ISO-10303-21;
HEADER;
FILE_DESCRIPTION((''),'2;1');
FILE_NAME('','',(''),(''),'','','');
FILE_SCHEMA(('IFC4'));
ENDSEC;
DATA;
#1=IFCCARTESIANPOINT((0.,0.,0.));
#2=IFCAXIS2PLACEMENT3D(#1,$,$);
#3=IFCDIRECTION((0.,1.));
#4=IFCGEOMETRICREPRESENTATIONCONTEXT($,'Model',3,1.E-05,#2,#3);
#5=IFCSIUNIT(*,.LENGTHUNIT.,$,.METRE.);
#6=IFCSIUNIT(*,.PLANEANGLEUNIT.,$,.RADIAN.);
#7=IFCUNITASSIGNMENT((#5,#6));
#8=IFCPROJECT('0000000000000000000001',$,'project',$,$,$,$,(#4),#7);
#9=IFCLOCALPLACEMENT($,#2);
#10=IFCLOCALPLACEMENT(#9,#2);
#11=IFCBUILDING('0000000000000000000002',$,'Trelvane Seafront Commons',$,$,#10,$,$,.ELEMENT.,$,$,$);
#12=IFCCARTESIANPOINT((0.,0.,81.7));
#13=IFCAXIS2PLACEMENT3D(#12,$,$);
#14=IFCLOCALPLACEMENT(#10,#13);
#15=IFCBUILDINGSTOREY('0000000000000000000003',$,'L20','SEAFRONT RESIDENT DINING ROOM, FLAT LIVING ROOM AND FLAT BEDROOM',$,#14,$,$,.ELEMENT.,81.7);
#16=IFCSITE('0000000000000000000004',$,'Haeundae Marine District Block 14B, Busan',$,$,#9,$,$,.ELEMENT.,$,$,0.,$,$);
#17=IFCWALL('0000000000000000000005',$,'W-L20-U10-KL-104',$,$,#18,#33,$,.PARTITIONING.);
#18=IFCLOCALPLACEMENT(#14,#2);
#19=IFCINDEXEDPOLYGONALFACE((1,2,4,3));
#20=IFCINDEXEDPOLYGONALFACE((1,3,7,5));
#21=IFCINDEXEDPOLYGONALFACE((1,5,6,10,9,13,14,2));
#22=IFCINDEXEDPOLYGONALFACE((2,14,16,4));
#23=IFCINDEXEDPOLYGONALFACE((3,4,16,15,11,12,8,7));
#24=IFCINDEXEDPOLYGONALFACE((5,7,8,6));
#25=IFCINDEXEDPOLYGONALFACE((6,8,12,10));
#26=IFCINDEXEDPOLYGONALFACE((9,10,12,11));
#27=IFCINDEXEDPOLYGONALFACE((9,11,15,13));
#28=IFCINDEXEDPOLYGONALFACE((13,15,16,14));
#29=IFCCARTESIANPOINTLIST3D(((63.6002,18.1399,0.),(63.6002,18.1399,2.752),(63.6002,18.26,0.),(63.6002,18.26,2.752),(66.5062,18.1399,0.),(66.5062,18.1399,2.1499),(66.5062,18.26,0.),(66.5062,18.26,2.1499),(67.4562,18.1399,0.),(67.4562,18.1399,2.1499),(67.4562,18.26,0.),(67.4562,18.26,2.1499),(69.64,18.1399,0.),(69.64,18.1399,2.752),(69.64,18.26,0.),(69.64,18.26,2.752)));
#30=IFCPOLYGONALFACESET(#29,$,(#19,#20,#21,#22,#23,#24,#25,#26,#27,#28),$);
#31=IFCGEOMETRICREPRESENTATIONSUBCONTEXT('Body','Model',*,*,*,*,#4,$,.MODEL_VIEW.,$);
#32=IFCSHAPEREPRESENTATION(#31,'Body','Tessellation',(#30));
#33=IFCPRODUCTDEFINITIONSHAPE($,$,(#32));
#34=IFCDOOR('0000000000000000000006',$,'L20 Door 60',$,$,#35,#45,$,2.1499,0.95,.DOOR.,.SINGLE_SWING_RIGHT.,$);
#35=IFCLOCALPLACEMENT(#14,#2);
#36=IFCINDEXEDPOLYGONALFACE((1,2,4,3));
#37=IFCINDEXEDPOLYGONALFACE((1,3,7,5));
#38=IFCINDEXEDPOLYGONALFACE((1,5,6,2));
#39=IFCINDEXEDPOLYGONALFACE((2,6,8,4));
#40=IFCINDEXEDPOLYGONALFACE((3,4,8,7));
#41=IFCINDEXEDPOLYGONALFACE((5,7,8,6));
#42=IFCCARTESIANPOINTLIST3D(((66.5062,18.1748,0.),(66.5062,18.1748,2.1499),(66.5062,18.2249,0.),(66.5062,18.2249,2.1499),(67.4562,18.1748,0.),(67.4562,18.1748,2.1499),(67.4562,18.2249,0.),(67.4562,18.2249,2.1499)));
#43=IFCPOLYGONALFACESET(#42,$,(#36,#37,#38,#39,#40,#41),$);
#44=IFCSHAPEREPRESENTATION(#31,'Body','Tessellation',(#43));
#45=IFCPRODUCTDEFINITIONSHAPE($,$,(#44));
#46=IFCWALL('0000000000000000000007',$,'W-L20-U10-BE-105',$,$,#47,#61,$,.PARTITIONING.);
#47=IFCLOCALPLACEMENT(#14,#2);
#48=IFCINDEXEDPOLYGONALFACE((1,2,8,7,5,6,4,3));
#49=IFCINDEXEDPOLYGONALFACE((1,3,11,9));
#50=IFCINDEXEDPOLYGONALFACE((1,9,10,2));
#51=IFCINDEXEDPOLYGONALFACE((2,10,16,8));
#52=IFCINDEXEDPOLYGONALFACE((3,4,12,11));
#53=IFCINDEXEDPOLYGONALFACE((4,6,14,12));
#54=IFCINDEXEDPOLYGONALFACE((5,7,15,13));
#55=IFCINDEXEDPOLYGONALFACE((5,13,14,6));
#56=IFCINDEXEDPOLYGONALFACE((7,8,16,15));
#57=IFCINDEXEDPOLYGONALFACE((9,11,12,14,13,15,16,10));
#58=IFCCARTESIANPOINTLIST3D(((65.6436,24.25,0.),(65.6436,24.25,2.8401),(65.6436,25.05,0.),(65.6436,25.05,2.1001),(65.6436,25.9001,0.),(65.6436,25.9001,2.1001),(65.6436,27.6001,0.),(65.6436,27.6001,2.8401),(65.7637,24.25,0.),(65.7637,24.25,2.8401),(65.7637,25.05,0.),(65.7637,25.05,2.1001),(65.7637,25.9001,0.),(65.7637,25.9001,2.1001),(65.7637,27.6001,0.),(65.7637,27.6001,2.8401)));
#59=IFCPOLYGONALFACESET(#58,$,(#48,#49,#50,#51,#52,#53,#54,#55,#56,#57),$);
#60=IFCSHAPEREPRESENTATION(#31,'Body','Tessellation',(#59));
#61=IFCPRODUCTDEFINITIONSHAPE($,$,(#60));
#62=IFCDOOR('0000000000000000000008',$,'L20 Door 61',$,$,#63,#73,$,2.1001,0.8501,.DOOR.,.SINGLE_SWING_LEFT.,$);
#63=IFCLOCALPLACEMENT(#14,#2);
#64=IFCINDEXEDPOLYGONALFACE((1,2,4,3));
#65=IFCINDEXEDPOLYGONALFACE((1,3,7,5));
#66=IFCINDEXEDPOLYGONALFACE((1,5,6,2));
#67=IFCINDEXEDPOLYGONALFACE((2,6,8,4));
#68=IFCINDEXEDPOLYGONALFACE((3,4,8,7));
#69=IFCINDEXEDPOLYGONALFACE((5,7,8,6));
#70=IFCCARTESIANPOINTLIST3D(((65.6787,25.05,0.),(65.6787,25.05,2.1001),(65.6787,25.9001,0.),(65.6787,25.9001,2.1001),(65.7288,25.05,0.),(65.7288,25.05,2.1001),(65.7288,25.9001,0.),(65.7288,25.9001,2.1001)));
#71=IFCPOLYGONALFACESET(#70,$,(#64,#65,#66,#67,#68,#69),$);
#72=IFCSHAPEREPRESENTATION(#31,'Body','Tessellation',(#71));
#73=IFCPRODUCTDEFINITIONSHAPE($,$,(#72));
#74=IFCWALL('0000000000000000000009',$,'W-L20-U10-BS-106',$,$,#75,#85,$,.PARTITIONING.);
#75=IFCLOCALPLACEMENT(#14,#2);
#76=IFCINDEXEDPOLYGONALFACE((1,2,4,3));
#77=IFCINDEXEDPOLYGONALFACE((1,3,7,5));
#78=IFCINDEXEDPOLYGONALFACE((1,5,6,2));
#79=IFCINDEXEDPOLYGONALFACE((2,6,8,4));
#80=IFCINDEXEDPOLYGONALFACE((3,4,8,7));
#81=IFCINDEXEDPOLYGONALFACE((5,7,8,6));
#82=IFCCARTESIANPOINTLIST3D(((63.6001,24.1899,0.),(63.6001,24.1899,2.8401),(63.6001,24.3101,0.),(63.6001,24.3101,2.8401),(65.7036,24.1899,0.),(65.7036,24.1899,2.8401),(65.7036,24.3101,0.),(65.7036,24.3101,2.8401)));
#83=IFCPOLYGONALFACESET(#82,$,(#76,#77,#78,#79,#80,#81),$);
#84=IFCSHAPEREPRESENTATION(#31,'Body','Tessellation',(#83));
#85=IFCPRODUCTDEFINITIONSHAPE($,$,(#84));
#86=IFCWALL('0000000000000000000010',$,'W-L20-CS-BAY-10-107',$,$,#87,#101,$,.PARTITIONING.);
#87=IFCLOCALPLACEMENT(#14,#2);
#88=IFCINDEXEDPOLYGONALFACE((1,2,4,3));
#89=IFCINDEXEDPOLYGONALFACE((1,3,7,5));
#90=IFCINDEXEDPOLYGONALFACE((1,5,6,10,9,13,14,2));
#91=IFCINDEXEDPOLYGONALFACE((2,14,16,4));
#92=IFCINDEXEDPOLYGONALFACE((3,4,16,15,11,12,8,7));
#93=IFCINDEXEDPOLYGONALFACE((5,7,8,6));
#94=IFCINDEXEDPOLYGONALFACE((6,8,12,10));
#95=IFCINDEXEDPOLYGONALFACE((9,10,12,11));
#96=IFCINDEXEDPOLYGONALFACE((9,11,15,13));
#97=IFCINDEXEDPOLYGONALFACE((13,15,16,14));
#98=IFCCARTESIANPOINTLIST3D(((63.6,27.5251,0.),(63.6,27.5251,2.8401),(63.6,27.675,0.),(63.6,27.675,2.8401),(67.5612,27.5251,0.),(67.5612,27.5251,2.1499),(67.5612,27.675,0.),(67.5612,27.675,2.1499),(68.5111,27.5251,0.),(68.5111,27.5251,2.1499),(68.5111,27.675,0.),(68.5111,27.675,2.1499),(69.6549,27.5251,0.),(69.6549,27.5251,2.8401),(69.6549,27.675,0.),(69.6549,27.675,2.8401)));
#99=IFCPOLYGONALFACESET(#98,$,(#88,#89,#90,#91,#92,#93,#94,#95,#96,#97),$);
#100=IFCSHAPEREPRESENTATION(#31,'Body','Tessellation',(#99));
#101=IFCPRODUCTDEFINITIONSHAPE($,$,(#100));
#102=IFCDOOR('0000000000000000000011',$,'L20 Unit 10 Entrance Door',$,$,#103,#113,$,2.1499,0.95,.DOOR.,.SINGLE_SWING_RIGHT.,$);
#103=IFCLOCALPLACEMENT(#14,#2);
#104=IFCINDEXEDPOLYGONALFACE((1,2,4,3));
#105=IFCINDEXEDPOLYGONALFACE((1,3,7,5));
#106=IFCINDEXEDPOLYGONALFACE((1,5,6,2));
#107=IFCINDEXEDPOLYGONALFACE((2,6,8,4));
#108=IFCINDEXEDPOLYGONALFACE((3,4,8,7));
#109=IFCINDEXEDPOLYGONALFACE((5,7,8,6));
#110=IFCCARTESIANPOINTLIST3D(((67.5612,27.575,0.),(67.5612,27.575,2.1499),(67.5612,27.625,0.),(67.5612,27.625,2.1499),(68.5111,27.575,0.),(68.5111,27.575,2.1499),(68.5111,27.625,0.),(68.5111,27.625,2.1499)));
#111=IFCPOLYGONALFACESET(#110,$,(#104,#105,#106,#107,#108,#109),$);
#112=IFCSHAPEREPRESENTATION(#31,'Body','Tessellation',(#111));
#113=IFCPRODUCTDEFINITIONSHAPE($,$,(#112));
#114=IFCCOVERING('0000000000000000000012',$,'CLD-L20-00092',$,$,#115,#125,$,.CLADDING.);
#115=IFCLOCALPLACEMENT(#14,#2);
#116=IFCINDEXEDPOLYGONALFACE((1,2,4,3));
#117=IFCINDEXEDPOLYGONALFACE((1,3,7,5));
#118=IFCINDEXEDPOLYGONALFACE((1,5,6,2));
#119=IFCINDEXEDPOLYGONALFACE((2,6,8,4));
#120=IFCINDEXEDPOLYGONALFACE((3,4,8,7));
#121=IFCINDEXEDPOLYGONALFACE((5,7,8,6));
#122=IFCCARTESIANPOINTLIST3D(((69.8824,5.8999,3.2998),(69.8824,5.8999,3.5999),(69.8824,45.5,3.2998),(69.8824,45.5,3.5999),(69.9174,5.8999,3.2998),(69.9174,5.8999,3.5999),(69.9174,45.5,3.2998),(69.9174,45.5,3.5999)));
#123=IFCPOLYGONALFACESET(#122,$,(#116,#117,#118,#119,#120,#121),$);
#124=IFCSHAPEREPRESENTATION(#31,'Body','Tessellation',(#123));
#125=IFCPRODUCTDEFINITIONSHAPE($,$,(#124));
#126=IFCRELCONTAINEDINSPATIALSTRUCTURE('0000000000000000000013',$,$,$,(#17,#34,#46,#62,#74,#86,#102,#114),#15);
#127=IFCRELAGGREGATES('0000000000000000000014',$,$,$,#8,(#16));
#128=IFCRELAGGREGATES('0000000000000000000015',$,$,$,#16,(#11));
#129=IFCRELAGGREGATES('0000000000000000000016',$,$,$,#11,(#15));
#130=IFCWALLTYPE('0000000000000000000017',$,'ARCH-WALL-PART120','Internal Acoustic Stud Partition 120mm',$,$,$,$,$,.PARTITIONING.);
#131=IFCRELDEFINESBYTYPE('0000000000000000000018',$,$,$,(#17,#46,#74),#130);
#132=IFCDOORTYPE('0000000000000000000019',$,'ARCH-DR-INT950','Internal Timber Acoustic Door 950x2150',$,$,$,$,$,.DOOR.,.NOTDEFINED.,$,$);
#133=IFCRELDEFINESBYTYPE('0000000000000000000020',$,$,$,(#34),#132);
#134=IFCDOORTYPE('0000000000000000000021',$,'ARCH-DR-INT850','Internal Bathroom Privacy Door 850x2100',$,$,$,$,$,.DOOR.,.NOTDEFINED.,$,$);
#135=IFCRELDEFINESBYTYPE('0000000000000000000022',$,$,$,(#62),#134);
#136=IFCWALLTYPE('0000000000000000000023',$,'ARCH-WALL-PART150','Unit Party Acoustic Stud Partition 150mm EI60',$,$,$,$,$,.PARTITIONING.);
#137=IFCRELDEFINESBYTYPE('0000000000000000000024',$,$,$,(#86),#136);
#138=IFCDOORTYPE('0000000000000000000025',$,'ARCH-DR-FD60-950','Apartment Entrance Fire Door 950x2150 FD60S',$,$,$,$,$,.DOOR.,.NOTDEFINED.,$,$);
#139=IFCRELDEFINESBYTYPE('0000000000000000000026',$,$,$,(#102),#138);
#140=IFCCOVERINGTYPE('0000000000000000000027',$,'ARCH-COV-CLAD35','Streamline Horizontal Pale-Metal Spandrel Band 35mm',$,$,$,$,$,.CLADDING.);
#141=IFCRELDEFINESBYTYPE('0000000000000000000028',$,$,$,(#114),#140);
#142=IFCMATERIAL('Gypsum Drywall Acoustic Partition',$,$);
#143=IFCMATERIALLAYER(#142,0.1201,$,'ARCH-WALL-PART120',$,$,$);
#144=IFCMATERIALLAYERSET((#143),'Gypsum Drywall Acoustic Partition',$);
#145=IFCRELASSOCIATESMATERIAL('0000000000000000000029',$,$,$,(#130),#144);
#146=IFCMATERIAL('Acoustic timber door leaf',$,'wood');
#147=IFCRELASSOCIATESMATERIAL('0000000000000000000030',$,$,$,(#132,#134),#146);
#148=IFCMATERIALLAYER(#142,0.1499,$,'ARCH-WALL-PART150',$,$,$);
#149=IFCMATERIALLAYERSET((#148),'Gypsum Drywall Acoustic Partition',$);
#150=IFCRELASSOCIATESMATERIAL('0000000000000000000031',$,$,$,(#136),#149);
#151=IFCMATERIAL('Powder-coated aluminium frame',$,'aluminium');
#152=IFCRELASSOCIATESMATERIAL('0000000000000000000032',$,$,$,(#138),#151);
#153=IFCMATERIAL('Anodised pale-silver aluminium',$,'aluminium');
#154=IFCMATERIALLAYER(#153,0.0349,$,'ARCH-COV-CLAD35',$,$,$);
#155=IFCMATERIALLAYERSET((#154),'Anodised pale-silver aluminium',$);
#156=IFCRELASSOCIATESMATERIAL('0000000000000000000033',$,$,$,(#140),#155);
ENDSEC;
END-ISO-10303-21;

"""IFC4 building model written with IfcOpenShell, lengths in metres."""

from ifc_helpers import new_model, si_unit, direction, frame, frame_2d, origin, origin_2d, place, context, subcontext, project, spatial, rectangle, extrude, source, transform, mapped, material, layer, layer_set, type_object, element, fill, save


model = new_model("IFC4")

# Units and contexts
model_context = context("Model", 3, precision=1e-05, world=origin(), true_north=direction((0.0, 1.0)))
body_context = subcontext(model_context, "Body", "Model", "MODEL_VIEW")
ifc_project = project(units=[si_unit("LENGTHUNIT", "METRE"), si_unit("PLANEANGLEUNIT", "RADIAN")], contexts=[model_context])

# Site, building, storey
site_placement = place(None, origin())
site = spatial("IfcSite", under=ifc_project, at=site_placement, Name="Haeundae Marine District Block 14B, Busan", CompositionType="ELEMENT", RefElevation=0.0)
building_placement = place(site_placement, origin())
building = spatial("IfcBuilding", under=site, at=building_placement, Name="Trelvane Seafront Commons", CompositionType="ELEMENT")
storey_placement = place(building_placement, frame((0.0, 0.0, 81.7)))
storey = spatial("IfcBuildingStorey", under=building, at=storey_placement, Name="L20", Description="SEAFRONT RESIDENT DINING ROOM, FLAT LIVING ROOM AND FLAT BEDROOM", CompositionType="ELEMENT", Elevation=81.7)

# Shared definitions
ifc_material_1 = material(Name="Anodised pale-silver aluminium", Category="aluminium")

# Shared definitions
ifc_material_2 = material(Name="Gypsum Drywall Acoustic Partition")
ifc_layer_1 = layer(ifc_material_2, 0.1201, Name="ARCH-WALL-PART120")
ifc_layer_set_1 = layer_set([ifc_layer_1], Name="Gypsum Drywall Acoustic Partition")
wall_type_1 = type_object("IfcWallType", Name="ARCH-WALL-PART120", Description="Internal Acoustic Stud Partition 120mm", PredefinedType="PARTITIONING", material=ifc_layer_set_1)

# Walls, openings, doors
wall_1_placement = place(storey_placement, frame((63.6001, 18.2, 0.0), z_axis=(0.0, 0.0, 1.0), x_axis=(1.0, 0.0, 0.0)))
wall_1 = element("IfcWall", 1, at=wall_1_placement, inside=storey, type_object=wall_type_1, Name="W-L20-U10-KL-104", PredefinedType="PARTITIONING", context=body_context, shape_type="SweptSolid", body=[
    extrude(rectangle(XDim=6.0398, YDim=0.1201, at=frame_2d((3.02, 0.0))), origin(), (0.0, 0.0, 1.0), 2.752),
])
opening_1_placement = place(wall_1_placement, frame((2.906, 0.0, 0.0)))
opening_1 = element("IfcOpeningElement", 2, at=opening_1_placement, cuts=wall_1, PredefinedType="OPENING", context=body_context, shape_type="SweptSolid", body=[
    extrude(rectangle(XDim=0.95, YDim=2.1499, at=frame_2d((0.4751, 1.075))), frame((0.0, 0.0701, 0.0), z_axis=(0.0, -1.0, 0.0), x_axis=(1.0, 0.0, 0.0)), (0.0, 0.0, 1.0), 0.1401),
])
ifc_material_3 = material(Name="Acoustic timber door leaf", Category="wood")
door_type_1 = type_object("IfcDoorType", Name="ARCH-DR-INT950", Description="Internal Timber Acoustic Door 950x2150", OperationType="NOTDEFINED", PredefinedType="DOOR", material=ifc_material_3)
shared_shape_1 = source(origin(), body_context, "Body", "SweptSolid", [
    extrude(rectangle(XDim=0.95, YDim=2.1499, at=frame_2d((0.4751, 1.075))), frame((0.0, 0.0249, 0.0), z_axis=(0.0, -1.0, 0.0), x_axis=(1.0, 0.0, 0.0)), (0.0, 0.0, 1.0), 0.05),
])
door_1_placement = place(opening_1_placement, origin())
door_1 = element("IfcDoor", 3, at=door_1_placement, inside=storey, type_object=door_type_1, Name="L20 Door 60", OperationType="SINGLE_SWING_RIGHT", OverallHeight=2.1499, OverallWidth=0.95, PredefinedType="DOOR", context=body_context, shape_type="MappedRepresentation", body=[
    mapped(shared_shape_1, transform((0.0, 0.0, 0.0), x_axis=(1.0, 0.0, 0.0), y_axis=(0.0, 1.0, 0.0), z_axis=(0.0, 0.0, 1.0), scale=1.0)),
])
fill(opening_1, door_1)
wall_2_placement = place(storey_placement, frame((65.7036, 24.25, 0.0), z_axis=(0.0, 0.0, 1.0), x_axis=(0.0, 1.0, 0.0)))
wall_2 = element("IfcWall", 4, at=wall_2_placement, inside=storey, type_object=wall_type_1, Name="W-L20-U10-BE-105", PredefinedType="PARTITIONING", context=body_context, shape_type="SweptSolid", body=[
    extrude(rectangle(XDim=3.3501, YDim=0.1201, at=frame_2d((1.675, 0.0))), origin(), (0.0, 0.0, 1.0), 2.8401),
])
opening_2_placement = place(wall_2_placement, frame((0.8, 0.0, 0.0)))
opening_2 = element("IfcOpeningElement", 5, at=opening_2_placement, cuts=wall_2, PredefinedType="OPENING", context=body_context, shape_type="SweptSolid", body=[
    extrude(rectangle(XDim=0.8501, YDim=2.1001, at=frame_2d((0.425, 1.05))), frame((0.0, 0.0701, 0.0), z_axis=(0.0, -1.0, 0.0), x_axis=(1.0, 0.0, 0.0)), (0.0, 0.0, 1.0), 0.1401),
])
door_type_2 = type_object("IfcDoorType", Name="ARCH-DR-INT850", Description="Internal Bathroom Privacy Door 850x2100", OperationType="NOTDEFINED", PredefinedType="DOOR", material=ifc_material_3)
shared_shape_2 = source(origin(), body_context, "Body", "SweptSolid", [
    extrude(rectangle(XDim=0.8501, YDim=2.1001, at=frame_2d((0.425, 1.05))), frame((0.0, 0.0249, 0.0), z_axis=(0.0, -1.0, 0.0), x_axis=(1.0, 0.0, 0.0)), (0.0, 0.0, 1.0), 0.05),
])
door_2_placement = place(opening_2_placement, origin())
door_2 = element("IfcDoor", 6, at=door_2_placement, inside=storey, type_object=door_type_2, Name="L20 Door 61", OperationType="SINGLE_SWING_LEFT", OverallHeight=2.1001, OverallWidth=0.8501, PredefinedType="DOOR", context=body_context, shape_type="MappedRepresentation", body=[
    mapped(shared_shape_2, transform((0.0, 0.0, 0.0), x_axis=(1.0, 0.0, 0.0), y_axis=(0.0, 1.0, 0.0), z_axis=(0.0, 0.0, 1.0), scale=1.0)),
])
fill(opening_2, door_2)

# Wall
wall_3_placement = place(storey_placement, frame((63.6001, 24.25, 0.0), z_axis=(0.0, 0.0, 1.0), x_axis=(1.0, 0.0, 0.0)))
element("IfcWall", 7, at=wall_3_placement, inside=storey, type_object=wall_type_1, Name="W-L20-U10-BS-106", PredefinedType="PARTITIONING", context=body_context, shape_type="SweptSolid", body=[
    extrude(rectangle(XDim=2.1035, YDim=0.1201, at=frame_2d((1.0518, 0.0))), origin(), (0.0, 0.0, 1.0), 2.8401),
])

# Wall, opening, door
ifc_layer_2 = layer(ifc_material_2, 0.1499, Name="ARCH-WALL-PART150")
ifc_layer_set_2 = layer_set([ifc_layer_2], Name="Gypsum Drywall Acoustic Partition")
wall_type_2 = type_object("IfcWallType", Name="ARCH-WALL-PART150", Description="Unit Party Acoustic Stud Partition 150mm EI60", PredefinedType="PARTITIONING", material=ifc_layer_set_2)
wall_4_placement = place(storey_placement, frame((63.6001, 27.6001, 0.0), z_axis=(0.0, 0.0, 1.0), x_axis=(1.0, 0.0, 0.0)))
wall_4 = element("IfcWall", 8, at=wall_4_placement, inside=storey, type_object=wall_type_2, Name="W-L20-CS-BAY-10-107", PredefinedType="PARTITIONING", context=body_context, shape_type="SweptSolid", body=[
    extrude(rectangle(XDim=6.0549, YDim=0.1499, at=frame_2d((3.0273, 0.0))), origin(), (0.0, 0.0, 1.0), 2.8401),
])
opening_3_placement = place(wall_4_placement, frame((3.9609, 0.0, 0.0)))
opening_3 = element("IfcOpeningElement", 9, at=opening_3_placement, cuts=wall_4, PredefinedType="OPENING", context=body_context, shape_type="SweptSolid", body=[
    extrude(rectangle(XDim=0.95, YDim=2.1499, at=frame_2d((0.4751, 1.075))), frame((0.0, 0.085, 0.0), z_axis=(0.0, -1.0, 0.0), x_axis=(1.0, 0.0, 0.0)), (0.0, 0.0, 1.0), 0.1699),
])
ifc_material_4 = material(Name="Powder-coated aluminium frame", Category="aluminium")
door_type_3 = type_object("IfcDoorType", Name="ARCH-DR-FD60-950", Description="Apartment Entrance Fire Door 950x2150 FD60S", OperationType="NOTDEFINED", PredefinedType="DOOR", material=ifc_material_4)
door_3_placement = place(opening_3_placement, origin())
door_3 = element("IfcDoor", 10, at=door_3_placement, inside=storey, type_object=door_type_3, Name="L20 Unit 10 Entrance Door", OperationType="SINGLE_SWING_RIGHT", OverallHeight=2.1499, OverallWidth=0.95, PredefinedType="DOOR", context=body_context, shape_type="MappedRepresentation", body=[
    mapped(shared_shape_1, transform((0.0, 0.0, 0.0), x_axis=(1.0, 0.0, 0.0), y_axis=(0.0, 1.0, 0.0), z_axis=(0.0, 0.0, 1.0), scale=1.0)),
])
fill(opening_3, door_3)

# Covering
ifc_layer_3 = layer(ifc_material_1, 0.0349, Name="ARCH-COV-CLAD35")
ifc_layer_set_3 = layer_set([ifc_layer_3], Name="Anodised pale-silver aluminium")
covering_type = type_object("IfcCoveringType", Name="ARCH-COV-CLAD35", Description="Streamline Horizontal Pale-Metal Spandrel Band 35mm", PredefinedType="CLADDING", material=ifc_layer_set_3)
shared_shape_3 = source(origin(), body_context, "Body", "SweptSolid", [
    extrude(rectangle(XDim=39.6001, YDim=0.0349, at=origin_2d()), origin(), (0.0, 0.0, 1.0), 0.3),
])
covering_placement = place(storey_placement, frame((69.8999, 25.7, 3.2998), z_axis=(0.0, 0.0, 1.0), x_axis=(0.0, -1.0, 0.0)))
element("IfcCovering", 11, at=covering_placement, inside=storey, type_object=covering_type, Name="CLD-L20-00092", PredefinedType="CLADDING", context=body_context, shape_type="MappedRepresentation", body=[
    mapped(shared_shape_3, transform((0.0, 0.0, 0.0), x_axis=(1.0, 0.0, 0.0), y_axis=(0.0, 1.0, 0.0), z_axis=(0.0, 0.0, 1.0), scale=1.0)),
])

save(model, "model.ifc")
